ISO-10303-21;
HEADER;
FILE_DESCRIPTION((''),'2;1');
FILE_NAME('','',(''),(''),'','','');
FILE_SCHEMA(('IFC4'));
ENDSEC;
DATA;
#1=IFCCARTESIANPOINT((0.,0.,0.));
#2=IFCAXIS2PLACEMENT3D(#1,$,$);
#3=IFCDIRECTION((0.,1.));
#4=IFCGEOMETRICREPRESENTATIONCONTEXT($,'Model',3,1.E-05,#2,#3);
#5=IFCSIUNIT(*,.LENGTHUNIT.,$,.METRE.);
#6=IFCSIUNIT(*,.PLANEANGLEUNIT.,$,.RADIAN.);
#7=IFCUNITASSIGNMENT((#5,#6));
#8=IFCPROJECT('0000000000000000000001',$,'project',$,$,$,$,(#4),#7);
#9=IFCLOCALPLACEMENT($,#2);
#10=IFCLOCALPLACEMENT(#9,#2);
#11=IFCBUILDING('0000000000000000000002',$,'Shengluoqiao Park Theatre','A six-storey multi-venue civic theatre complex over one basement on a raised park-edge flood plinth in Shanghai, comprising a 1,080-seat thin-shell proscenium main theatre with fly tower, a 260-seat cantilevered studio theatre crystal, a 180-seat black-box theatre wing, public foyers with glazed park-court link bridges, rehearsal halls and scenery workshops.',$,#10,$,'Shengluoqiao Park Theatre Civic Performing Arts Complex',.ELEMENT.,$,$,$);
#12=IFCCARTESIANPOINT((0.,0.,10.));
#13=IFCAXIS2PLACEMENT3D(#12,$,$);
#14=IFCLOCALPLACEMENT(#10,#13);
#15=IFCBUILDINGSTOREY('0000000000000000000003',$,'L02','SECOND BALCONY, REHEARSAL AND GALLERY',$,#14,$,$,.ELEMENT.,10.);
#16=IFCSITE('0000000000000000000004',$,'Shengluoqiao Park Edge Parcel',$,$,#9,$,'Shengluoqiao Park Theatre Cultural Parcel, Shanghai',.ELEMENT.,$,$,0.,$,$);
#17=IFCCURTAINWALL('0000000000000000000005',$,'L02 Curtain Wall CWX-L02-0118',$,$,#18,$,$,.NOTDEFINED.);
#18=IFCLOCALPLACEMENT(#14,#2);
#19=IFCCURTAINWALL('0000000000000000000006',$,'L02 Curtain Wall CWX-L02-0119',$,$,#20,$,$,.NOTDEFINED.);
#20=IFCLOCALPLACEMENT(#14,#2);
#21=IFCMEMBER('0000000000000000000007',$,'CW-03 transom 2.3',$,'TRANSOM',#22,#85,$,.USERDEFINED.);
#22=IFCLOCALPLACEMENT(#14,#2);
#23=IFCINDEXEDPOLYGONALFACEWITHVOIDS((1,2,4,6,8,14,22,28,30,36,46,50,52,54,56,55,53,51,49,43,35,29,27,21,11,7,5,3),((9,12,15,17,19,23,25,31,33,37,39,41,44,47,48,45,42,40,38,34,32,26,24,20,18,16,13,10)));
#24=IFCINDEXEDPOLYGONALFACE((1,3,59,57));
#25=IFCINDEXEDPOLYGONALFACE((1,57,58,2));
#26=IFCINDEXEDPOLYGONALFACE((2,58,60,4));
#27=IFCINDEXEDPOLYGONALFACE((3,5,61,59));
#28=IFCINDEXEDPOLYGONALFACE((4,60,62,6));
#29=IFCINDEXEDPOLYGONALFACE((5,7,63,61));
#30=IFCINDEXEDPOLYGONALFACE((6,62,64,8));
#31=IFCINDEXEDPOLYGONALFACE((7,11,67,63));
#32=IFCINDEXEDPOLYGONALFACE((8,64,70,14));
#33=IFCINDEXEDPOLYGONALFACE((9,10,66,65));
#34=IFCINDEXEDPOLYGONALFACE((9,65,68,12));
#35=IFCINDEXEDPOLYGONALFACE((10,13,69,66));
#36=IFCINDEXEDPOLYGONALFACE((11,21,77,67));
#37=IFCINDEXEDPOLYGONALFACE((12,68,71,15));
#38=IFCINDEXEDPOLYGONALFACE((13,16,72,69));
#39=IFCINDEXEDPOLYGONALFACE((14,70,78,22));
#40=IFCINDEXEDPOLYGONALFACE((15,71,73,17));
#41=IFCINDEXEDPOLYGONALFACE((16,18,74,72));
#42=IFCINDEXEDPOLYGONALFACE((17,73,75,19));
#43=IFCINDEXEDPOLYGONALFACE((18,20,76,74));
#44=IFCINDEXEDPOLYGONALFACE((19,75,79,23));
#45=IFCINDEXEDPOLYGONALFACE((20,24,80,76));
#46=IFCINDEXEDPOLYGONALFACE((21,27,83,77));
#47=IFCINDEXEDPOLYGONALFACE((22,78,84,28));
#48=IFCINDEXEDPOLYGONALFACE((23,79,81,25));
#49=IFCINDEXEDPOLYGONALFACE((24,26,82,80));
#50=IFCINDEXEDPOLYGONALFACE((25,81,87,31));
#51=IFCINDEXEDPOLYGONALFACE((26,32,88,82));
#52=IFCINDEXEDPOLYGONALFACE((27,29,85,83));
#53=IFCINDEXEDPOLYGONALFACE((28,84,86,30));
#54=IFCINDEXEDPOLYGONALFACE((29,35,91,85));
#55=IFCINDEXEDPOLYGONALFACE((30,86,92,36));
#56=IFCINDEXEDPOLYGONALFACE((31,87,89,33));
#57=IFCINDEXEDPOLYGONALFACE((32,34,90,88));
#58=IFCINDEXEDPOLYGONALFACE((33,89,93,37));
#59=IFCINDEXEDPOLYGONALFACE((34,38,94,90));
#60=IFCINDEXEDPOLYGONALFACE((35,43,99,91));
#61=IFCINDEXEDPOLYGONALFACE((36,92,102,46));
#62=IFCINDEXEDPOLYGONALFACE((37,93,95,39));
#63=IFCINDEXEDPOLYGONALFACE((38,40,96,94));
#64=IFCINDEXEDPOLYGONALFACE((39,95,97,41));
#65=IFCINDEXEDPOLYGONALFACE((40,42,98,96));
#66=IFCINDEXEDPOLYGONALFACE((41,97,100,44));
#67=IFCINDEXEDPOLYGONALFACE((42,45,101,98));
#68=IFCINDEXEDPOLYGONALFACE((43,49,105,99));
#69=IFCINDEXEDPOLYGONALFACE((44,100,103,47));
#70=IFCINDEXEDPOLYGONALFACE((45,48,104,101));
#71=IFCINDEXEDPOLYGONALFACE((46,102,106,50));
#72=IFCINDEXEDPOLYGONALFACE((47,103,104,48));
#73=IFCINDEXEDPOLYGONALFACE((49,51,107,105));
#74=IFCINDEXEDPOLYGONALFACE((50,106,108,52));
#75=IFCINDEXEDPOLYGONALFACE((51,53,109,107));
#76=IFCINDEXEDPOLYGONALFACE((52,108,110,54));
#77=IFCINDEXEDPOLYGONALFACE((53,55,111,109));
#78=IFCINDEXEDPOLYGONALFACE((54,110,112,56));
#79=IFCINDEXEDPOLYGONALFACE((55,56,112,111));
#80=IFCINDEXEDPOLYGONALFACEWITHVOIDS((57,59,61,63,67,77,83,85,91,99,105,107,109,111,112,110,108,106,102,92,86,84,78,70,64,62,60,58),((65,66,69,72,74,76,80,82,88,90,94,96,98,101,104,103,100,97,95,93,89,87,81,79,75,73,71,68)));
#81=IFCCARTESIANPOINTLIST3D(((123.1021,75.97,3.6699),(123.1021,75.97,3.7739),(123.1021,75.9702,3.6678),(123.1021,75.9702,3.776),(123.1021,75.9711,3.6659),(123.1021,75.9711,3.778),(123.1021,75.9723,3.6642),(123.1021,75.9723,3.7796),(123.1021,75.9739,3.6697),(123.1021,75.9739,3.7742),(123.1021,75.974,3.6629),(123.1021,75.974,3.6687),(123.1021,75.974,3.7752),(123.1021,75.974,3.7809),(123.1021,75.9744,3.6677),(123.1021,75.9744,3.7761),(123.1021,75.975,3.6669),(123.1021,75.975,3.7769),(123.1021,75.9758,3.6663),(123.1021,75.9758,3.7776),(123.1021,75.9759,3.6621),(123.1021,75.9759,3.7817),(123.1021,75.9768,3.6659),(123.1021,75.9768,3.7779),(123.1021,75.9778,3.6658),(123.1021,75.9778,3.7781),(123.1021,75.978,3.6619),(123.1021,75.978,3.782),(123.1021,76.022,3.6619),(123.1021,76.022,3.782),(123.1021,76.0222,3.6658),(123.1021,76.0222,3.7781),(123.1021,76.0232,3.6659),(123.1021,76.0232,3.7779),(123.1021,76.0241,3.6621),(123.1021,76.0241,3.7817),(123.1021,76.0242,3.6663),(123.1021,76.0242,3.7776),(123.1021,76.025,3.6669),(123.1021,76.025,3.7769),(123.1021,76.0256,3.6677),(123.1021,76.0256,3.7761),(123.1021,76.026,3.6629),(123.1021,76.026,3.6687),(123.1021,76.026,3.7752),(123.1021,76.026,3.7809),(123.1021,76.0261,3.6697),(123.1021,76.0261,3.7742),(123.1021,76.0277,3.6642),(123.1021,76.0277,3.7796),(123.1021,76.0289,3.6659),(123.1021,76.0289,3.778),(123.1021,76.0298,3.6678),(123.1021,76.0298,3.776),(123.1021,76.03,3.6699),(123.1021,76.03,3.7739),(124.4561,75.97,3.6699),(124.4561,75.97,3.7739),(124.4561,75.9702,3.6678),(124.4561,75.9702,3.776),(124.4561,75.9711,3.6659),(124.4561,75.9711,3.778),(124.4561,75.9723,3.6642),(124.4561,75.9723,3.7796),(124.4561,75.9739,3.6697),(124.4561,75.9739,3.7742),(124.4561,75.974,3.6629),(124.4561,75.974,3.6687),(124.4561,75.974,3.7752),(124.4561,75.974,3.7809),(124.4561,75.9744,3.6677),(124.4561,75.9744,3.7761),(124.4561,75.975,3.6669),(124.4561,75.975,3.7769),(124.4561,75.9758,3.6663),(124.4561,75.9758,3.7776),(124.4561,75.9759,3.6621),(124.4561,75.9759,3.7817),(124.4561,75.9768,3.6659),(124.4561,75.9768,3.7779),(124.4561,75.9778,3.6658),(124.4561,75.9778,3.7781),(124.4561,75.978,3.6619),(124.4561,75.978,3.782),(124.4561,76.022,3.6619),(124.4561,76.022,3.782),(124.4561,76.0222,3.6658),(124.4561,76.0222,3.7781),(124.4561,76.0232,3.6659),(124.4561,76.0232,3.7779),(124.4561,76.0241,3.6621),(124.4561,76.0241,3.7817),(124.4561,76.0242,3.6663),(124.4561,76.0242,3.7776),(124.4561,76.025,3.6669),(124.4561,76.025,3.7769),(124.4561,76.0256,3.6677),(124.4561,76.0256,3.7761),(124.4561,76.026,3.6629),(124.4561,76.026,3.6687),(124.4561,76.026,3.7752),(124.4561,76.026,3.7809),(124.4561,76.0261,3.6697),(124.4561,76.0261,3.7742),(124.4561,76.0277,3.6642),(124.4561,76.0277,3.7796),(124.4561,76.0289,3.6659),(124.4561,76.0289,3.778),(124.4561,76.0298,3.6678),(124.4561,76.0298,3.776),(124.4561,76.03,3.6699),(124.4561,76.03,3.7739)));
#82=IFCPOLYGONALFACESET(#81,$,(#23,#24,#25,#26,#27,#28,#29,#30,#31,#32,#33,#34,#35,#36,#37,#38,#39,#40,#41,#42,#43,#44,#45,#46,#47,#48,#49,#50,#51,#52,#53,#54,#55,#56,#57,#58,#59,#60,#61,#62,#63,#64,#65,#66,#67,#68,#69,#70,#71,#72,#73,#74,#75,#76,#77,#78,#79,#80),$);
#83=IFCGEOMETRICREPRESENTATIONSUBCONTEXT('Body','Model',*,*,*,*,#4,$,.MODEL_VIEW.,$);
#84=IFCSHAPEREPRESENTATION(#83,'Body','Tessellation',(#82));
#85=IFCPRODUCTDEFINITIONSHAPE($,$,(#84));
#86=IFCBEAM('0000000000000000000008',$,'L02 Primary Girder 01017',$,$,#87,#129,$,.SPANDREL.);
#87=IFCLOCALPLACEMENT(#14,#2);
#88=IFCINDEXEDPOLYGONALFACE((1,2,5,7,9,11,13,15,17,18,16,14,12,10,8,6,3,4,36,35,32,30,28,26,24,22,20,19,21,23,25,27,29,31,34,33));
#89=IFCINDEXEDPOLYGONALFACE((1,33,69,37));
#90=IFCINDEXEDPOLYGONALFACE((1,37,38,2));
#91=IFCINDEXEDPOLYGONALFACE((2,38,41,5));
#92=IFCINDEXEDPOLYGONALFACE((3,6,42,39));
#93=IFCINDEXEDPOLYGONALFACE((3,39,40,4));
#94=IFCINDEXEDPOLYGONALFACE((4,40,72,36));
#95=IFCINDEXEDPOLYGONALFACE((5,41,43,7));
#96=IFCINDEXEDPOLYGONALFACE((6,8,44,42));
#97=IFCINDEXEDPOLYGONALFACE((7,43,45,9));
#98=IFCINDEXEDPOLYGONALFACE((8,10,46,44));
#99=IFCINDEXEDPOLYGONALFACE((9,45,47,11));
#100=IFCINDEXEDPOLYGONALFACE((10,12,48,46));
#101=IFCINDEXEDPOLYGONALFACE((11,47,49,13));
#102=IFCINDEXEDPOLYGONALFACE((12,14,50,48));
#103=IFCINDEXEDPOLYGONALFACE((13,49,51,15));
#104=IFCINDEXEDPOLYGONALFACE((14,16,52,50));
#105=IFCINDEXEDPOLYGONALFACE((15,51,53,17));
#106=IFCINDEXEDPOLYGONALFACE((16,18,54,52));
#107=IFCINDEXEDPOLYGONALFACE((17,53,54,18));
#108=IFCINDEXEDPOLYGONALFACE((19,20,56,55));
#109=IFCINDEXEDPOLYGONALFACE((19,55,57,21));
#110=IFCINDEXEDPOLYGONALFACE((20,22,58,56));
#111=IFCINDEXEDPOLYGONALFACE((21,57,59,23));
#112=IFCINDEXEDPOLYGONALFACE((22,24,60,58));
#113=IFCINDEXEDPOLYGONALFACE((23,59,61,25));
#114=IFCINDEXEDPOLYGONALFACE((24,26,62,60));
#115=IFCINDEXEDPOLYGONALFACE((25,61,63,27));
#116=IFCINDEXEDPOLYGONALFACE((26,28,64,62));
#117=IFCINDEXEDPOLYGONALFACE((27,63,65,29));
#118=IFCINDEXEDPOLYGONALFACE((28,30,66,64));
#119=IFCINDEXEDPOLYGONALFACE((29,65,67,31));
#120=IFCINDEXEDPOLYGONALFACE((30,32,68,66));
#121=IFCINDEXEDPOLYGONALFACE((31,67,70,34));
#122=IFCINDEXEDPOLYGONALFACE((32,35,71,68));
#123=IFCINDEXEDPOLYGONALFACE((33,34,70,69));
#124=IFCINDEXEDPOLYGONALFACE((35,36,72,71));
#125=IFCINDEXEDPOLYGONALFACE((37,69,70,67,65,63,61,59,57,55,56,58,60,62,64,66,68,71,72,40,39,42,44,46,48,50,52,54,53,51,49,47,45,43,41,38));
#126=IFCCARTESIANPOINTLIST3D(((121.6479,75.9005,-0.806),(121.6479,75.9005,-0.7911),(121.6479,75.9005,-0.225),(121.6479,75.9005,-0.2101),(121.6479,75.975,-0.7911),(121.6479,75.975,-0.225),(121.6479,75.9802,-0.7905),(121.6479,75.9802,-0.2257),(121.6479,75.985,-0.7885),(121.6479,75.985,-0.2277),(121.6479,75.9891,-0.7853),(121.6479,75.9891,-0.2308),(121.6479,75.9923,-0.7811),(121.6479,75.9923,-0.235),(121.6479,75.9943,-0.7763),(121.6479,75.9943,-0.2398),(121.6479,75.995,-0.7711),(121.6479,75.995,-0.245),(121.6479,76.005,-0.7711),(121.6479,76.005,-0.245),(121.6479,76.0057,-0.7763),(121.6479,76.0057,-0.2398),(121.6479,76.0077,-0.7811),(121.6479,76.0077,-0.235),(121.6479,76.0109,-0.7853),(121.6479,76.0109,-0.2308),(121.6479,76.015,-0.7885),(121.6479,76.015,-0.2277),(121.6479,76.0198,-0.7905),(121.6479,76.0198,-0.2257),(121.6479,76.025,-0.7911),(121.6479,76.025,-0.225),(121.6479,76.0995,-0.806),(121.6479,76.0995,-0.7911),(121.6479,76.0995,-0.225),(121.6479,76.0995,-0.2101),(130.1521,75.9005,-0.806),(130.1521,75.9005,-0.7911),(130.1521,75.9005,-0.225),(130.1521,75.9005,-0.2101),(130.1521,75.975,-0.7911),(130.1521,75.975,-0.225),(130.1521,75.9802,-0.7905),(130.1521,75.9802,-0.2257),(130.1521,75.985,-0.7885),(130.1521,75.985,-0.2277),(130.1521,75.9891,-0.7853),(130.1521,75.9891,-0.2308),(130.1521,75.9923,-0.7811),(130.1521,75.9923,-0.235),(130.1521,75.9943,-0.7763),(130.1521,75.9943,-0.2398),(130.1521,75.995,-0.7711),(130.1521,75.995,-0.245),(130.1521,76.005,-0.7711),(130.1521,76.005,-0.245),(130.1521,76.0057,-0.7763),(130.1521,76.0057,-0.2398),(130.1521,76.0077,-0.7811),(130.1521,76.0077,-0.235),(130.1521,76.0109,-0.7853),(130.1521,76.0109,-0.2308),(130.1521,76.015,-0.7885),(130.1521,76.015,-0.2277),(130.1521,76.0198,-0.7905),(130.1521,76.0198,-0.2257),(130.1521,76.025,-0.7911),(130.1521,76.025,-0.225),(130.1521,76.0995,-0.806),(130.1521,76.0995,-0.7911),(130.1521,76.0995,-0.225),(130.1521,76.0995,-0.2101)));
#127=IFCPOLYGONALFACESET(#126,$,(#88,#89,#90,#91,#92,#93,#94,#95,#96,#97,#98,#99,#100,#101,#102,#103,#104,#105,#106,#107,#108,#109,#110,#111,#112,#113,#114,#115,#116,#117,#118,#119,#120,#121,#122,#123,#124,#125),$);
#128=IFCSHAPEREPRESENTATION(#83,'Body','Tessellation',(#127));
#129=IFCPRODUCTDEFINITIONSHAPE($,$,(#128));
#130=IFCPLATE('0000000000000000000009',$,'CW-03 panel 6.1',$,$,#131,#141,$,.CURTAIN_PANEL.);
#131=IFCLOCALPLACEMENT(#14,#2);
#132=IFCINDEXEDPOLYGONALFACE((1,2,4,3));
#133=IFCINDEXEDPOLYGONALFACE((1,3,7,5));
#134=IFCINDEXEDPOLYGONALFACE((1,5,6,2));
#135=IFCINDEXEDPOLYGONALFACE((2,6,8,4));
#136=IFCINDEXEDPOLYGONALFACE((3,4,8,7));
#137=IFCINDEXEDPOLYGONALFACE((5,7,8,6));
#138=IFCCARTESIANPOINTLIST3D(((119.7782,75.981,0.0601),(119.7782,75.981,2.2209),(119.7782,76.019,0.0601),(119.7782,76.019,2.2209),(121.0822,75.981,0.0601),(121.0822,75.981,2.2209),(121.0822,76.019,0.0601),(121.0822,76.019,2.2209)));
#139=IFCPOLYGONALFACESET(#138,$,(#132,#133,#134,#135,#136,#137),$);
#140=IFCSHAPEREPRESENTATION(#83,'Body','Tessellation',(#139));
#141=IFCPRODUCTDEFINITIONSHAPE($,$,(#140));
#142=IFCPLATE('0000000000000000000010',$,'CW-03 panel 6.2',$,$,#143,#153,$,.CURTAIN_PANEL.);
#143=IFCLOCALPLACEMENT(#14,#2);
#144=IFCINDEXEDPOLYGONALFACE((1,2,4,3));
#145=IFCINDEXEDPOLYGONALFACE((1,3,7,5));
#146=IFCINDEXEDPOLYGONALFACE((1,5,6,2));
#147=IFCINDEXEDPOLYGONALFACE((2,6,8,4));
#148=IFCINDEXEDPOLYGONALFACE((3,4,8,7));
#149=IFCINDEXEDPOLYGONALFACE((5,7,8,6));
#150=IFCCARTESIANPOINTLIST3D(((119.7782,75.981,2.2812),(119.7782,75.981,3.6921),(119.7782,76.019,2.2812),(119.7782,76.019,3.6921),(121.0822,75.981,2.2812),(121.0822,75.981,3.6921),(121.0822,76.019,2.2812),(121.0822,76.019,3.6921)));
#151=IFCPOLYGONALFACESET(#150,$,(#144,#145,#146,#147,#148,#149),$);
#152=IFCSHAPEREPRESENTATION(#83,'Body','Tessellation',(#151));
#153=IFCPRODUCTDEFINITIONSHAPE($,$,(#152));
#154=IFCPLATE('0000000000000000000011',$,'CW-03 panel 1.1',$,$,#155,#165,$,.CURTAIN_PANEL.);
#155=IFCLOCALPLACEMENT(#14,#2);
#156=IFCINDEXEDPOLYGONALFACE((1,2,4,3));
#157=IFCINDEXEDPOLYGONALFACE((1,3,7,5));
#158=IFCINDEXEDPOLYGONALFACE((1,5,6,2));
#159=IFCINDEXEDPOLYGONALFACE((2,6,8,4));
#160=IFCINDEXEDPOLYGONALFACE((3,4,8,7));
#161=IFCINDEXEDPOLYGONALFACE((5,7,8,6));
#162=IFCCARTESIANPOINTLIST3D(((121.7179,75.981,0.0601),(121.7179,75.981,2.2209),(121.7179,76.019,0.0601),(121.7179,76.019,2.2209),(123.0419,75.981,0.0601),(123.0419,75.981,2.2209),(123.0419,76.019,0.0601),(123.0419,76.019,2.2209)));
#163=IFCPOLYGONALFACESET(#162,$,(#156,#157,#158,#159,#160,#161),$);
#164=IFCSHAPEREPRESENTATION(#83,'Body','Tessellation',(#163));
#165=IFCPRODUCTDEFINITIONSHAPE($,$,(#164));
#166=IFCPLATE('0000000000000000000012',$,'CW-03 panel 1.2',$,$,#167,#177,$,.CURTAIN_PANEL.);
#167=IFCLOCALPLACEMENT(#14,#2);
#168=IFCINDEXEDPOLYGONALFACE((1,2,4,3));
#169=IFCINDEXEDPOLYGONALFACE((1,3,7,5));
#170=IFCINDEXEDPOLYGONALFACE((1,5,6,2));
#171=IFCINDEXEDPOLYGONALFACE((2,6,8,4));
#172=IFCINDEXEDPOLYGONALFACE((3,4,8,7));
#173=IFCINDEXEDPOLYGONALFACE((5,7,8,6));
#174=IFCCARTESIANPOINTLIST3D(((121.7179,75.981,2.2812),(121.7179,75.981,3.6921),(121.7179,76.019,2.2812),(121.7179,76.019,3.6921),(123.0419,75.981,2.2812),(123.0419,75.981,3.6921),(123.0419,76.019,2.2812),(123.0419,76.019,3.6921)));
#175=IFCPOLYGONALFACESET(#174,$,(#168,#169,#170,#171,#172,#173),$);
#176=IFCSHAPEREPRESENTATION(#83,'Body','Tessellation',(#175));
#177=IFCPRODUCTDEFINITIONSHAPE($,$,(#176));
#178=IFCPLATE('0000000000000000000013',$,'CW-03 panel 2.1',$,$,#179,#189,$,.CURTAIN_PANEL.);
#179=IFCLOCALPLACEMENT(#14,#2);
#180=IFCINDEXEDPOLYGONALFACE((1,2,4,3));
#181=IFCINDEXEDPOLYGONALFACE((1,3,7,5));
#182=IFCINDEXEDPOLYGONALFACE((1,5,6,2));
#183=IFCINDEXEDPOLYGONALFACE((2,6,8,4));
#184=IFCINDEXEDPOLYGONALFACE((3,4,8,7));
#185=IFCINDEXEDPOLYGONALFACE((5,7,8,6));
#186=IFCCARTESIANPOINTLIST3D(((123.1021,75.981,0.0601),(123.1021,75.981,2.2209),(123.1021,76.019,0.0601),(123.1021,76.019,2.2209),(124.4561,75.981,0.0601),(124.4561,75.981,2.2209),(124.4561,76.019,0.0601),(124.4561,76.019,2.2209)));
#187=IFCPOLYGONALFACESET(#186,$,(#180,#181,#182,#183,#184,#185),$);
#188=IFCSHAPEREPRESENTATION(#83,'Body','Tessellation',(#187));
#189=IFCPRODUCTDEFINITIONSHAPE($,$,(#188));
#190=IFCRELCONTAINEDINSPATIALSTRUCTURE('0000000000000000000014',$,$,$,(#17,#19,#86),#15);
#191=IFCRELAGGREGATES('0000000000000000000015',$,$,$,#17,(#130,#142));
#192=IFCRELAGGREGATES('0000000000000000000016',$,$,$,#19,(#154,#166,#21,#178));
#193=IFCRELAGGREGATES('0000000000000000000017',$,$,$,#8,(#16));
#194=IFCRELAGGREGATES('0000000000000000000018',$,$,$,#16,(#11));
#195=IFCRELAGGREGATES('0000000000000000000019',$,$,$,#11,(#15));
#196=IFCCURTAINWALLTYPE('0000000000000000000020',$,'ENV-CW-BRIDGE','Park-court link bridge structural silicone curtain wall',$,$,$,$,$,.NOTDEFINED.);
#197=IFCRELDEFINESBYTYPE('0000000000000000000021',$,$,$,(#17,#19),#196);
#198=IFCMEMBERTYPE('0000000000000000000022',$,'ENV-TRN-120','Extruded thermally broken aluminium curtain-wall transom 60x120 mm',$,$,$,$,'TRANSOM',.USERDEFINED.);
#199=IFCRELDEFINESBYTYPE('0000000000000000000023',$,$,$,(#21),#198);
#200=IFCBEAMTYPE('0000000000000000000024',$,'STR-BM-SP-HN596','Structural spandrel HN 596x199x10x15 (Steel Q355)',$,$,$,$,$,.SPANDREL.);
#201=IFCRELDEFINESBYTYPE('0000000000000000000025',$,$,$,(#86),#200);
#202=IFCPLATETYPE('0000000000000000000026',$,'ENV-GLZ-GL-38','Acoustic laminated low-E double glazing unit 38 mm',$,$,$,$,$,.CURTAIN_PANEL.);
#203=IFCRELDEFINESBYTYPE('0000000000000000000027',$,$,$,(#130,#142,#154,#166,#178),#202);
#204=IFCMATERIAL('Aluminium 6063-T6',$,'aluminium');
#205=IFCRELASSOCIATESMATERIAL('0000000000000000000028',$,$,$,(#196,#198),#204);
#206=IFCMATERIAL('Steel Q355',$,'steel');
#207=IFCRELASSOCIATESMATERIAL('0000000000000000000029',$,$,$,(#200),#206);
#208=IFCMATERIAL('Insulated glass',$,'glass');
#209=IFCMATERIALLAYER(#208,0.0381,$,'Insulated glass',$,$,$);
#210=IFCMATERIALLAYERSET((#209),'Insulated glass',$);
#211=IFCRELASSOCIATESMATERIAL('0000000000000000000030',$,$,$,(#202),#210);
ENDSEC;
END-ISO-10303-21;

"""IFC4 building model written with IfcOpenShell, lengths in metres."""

from ifc_helpers import new_model, si_unit, direction, frame, origin, origin_2d, place, context, subcontext, project, spatial, rectangle, hollow_rectangle, i_section, extrude, material, layer, layer_set, material_profile, profile_set, type_object, element, aggregate, save


model = new_model("IFC4")

# Units and contexts
model_context = context("Model", 3, precision=1e-05, world=origin(), true_north=direction((0.0, 1.0)))
body_context = subcontext(model_context, "Body", "Model", "MODEL_VIEW")
ifc_project = project(units=[si_unit("LENGTHUNIT", "METRE"), si_unit("PLANEANGLEUNIT", "RADIAN")], contexts=[model_context])

# Site, building, storey
site_placement = place(None, origin())
site = spatial("IfcSite", under=ifc_project, at=site_placement, Name="Shengluoqiao Park Edge Parcel", LongName="Shengluoqiao Park Theatre Cultural Parcel, Shanghai", CompositionType="ELEMENT", RefElevation=0.0)
building_placement = place(site_placement, origin())
building = spatial("IfcBuilding", under=site, at=building_placement, Name="Shengluoqiao Park Theatre", Description="A six-storey multi-venue civic theatre complex over one basement on a raised park-edge flood plinth in Shanghai, comprising a 1,080-seat thin-shell proscenium main theatre with fly tower, a 260-seat cantilevered studio theatre crystal, a 180-seat black-box theatre wing, public foyers with glazed park-court link bridges, rehearsal halls and scenery workshops.", LongName="Shengluoqiao Park Theatre Civic Performing Arts Complex", CompositionType="ELEMENT")
storey_placement = place(building_placement, frame((0.0, 0.0, 10.0)))
storey = spatial("IfcBuildingStorey", under=building, at=storey_placement, Name="L02", Description="SECOND BALCONY, REHEARSAL AND GALLERY", CompositionType="ELEMENT", Elevation=10.0)

# Curtain wall
ifc_material_1 = material(Name="Aluminium 6063-T6", Category="aluminium")
curtain_wall_type = type_object("IfcCurtainWallType", Name="ENV-CW-BRIDGE", Description="Park-court link bridge structural silicone curtain wall", PredefinedType="NOTDEFINED", material=ifc_material_1)
curtain_wall_1_placement = place(storey_placement, origin())
curtain_wall_1 = element("IfcCurtainWall", 1, at=curtain_wall_1_placement, inside=storey, type_object=curtain_wall_type, Name="L02 Curtain Wall CWX-L02-0118", PredefinedType="NOTDEFINED")

# Curtain wall
curtain_wall_2_placement = place(storey_placement, origin())
curtain_wall_2 = element("IfcCurtainWall", 2, at=curtain_wall_2_placement, inside=storey, type_object=curtain_wall_type, Name="L02 Curtain Wall CWX-L02-0119", PredefinedType="NOTDEFINED")

# Member
ifc_material_profile_1 = material_profile(ifc_material_1, hollow_rectangle(XDim=0.0601, YDim=0.1201, WallThickness=0.0039, InnerFilletRadius=0.0039, OuterFilletRadius=0.0081, at=origin_2d()), Name="ALU TRANSOM 120x60x4")
ifc_profile_set_1 = profile_set([ifc_material_profile_1], Name="Aluminium 6063-T6")
member_type_1 = type_object("IfcMemberType", Name="ENV-TRN-120", Description="Extruded thermally broken aluminium curtain-wall transom 60x120 mm", ElementType="TRANSOM", PredefinedType="USERDEFINED", material=ifc_profile_set_1)
member_1_placement = place(storey_placement, frame((123.1021, 76.0, 3.7219), z_axis=(1.0, 0.0, 0.0), x_axis=(0.0, 1.0, 0.0)))
member_1 = element("IfcMember", 3, at=member_1_placement, type_object=member_type_1, Name="CW-03 transom 2.3", ObjectType="TRANSOM", PredefinedType="USERDEFINED", context=body_context, shape_type="SweptSolid", body=[
    extrude(hollow_rectangle(XDim=0.0601, YDim=0.1201, WallThickness=0.0039, InnerFilletRadius=0.0039, OuterFilletRadius=0.0081, at=origin_2d()), origin(), (0.0, 0.0, 1.0), 1.354),
])

# Beam
ifc_material_2 = material(Name="Steel Q355", Category="steel")
ifc_material_profile_2 = material_profile(ifc_material_2, i_section(OverallWidth=0.199, OverallDepth=0.5959, WebThickness=0.01, FlangeThickness=0.0149, FilletRadius=0.02, at=origin_2d()), Name="HN 596x199x10x15")
ifc_profile_set_2 = profile_set([ifc_material_profile_2], Name="Steel Q355")
beam_type = type_object("IfcBeamType", Name="STR-BM-SP-HN596", Description="Structural spandrel HN 596x199x10x15 (Steel Q355)", PredefinedType="SPANDREL", material=ifc_profile_set_2)
beam_placement = place(storey_placement, frame((121.6479, 76.0, -0.5081), z_axis=(1.0, 0.0, 0.0), x_axis=(0.0, 1.0, 0.0)))
element("IfcBeam", 4, at=beam_placement, inside=storey, type_object=beam_type, Name="L02 Primary Girder 01017", PredefinedType="SPANDREL", context=body_context, shape_type="SweptSolid", body=[
    extrude(i_section(OverallWidth=0.199, OverallDepth=0.5959, WebThickness=0.01, FlangeThickness=0.0149, FilletRadius=0.02, at=origin_2d()), origin(), (0.0, 0.0, 1.0), 8.5042),
])

# Plates
ifc_material_3 = material(Name="Insulated glass", Category="glass")
ifc_layer_1 = layer(ifc_material_3, 0.0381, Name="Insulated glass")
ifc_layer_set_1 = layer_set([ifc_layer_1], Name="Insulated glass")
plate_type_1 = type_object("IfcPlateType", Name="ENV-GLZ-GL-38", Description="Acoustic laminated low-E double glazing unit 38 mm", PredefinedType="CURTAIN_PANEL", material=ifc_layer_set_1)
plate_1_placement = place(storey_placement, frame((120.4302, 76.0, 0.0601), z_axis=(0.0, 0.0, 1.0), x_axis=(1.0, 0.0, 0.0)))
plate_1 = element("IfcPlate", 5, at=plate_1_placement, type_object=plate_type_1, Name="CW-03 panel 6.1", PredefinedType="CURTAIN_PANEL", context=body_context, shape_type="SweptSolid", body=[
    extrude(rectangle(XDim=1.304, YDim=0.0381, at=origin_2d()), origin(), (0.0, 0.0, 1.0), 2.1609),
])
plate_2_placement = place(storey_placement, frame((120.4302, 76.0, 2.2812), z_axis=(0.0, 0.0, 1.0), x_axis=(1.0, 0.0, 0.0)))
plate_2 = element("IfcPlate", 6, at=plate_2_placement, type_object=plate_type_1, Name="CW-03 panel 6.2", PredefinedType="CURTAIN_PANEL", context=body_context, shape_type="SweptSolid", body=[
    extrude(rectangle(XDim=1.304, YDim=0.0381, at=origin_2d()), origin(), (0.0, 0.0, 1.0), 1.4109),
])
aggregate(curtain_wall_1, [plate_1, plate_2])
plate_3_placement = place(storey_placement, frame((122.3799, 76.0, 0.0601), z_axis=(0.0, 0.0, 1.0), x_axis=(1.0, 0.0, 0.0)))
plate_3 = element("IfcPlate", 7, at=plate_3_placement, type_object=plate_type_1, Name="CW-03 panel 1.1", PredefinedType="CURTAIN_PANEL", context=body_context, shape_type="SweptSolid", body=[
    extrude(rectangle(XDim=1.324, YDim=0.0381, at=origin_2d()), origin(), (0.0, 0.0, 1.0), 2.1609),
])
plate_4_placement = place(storey_placement, frame((122.3799, 76.0, 2.2812), z_axis=(0.0, 0.0, 1.0), x_axis=(1.0, 0.0, 0.0)))
plate_4 = element("IfcPlate", 8, at=plate_4_placement, type_object=plate_type_1, Name="CW-03 panel 1.2", PredefinedType="CURTAIN_PANEL", context=body_context, shape_type="SweptSolid", body=[
    extrude(rectangle(XDim=1.324, YDim=0.0381, at=origin_2d()), origin(), (0.0, 0.0, 1.0), 1.4109),
])
plate_5_placement = place(storey_placement, frame((123.7791, 76.0, 0.0601), z_axis=(0.0, 0.0, 1.0), x_axis=(1.0, 0.0, 0.0)))
plate_5 = element("IfcPlate", 9, at=plate_5_placement, type_object=plate_type_1, Name="CW-03 panel 2.1", PredefinedType="CURTAIN_PANEL", context=body_context, shape_type="SweptSolid", body=[
    extrude(rectangle(XDim=1.354, YDim=0.0381, at=origin_2d()), origin(), (0.0, 0.0, 1.0), 2.1609),
])
aggregate(curtain_wall_2, [plate_3, plate_4, member_1, plate_5])

save(model, "model.ifc")
